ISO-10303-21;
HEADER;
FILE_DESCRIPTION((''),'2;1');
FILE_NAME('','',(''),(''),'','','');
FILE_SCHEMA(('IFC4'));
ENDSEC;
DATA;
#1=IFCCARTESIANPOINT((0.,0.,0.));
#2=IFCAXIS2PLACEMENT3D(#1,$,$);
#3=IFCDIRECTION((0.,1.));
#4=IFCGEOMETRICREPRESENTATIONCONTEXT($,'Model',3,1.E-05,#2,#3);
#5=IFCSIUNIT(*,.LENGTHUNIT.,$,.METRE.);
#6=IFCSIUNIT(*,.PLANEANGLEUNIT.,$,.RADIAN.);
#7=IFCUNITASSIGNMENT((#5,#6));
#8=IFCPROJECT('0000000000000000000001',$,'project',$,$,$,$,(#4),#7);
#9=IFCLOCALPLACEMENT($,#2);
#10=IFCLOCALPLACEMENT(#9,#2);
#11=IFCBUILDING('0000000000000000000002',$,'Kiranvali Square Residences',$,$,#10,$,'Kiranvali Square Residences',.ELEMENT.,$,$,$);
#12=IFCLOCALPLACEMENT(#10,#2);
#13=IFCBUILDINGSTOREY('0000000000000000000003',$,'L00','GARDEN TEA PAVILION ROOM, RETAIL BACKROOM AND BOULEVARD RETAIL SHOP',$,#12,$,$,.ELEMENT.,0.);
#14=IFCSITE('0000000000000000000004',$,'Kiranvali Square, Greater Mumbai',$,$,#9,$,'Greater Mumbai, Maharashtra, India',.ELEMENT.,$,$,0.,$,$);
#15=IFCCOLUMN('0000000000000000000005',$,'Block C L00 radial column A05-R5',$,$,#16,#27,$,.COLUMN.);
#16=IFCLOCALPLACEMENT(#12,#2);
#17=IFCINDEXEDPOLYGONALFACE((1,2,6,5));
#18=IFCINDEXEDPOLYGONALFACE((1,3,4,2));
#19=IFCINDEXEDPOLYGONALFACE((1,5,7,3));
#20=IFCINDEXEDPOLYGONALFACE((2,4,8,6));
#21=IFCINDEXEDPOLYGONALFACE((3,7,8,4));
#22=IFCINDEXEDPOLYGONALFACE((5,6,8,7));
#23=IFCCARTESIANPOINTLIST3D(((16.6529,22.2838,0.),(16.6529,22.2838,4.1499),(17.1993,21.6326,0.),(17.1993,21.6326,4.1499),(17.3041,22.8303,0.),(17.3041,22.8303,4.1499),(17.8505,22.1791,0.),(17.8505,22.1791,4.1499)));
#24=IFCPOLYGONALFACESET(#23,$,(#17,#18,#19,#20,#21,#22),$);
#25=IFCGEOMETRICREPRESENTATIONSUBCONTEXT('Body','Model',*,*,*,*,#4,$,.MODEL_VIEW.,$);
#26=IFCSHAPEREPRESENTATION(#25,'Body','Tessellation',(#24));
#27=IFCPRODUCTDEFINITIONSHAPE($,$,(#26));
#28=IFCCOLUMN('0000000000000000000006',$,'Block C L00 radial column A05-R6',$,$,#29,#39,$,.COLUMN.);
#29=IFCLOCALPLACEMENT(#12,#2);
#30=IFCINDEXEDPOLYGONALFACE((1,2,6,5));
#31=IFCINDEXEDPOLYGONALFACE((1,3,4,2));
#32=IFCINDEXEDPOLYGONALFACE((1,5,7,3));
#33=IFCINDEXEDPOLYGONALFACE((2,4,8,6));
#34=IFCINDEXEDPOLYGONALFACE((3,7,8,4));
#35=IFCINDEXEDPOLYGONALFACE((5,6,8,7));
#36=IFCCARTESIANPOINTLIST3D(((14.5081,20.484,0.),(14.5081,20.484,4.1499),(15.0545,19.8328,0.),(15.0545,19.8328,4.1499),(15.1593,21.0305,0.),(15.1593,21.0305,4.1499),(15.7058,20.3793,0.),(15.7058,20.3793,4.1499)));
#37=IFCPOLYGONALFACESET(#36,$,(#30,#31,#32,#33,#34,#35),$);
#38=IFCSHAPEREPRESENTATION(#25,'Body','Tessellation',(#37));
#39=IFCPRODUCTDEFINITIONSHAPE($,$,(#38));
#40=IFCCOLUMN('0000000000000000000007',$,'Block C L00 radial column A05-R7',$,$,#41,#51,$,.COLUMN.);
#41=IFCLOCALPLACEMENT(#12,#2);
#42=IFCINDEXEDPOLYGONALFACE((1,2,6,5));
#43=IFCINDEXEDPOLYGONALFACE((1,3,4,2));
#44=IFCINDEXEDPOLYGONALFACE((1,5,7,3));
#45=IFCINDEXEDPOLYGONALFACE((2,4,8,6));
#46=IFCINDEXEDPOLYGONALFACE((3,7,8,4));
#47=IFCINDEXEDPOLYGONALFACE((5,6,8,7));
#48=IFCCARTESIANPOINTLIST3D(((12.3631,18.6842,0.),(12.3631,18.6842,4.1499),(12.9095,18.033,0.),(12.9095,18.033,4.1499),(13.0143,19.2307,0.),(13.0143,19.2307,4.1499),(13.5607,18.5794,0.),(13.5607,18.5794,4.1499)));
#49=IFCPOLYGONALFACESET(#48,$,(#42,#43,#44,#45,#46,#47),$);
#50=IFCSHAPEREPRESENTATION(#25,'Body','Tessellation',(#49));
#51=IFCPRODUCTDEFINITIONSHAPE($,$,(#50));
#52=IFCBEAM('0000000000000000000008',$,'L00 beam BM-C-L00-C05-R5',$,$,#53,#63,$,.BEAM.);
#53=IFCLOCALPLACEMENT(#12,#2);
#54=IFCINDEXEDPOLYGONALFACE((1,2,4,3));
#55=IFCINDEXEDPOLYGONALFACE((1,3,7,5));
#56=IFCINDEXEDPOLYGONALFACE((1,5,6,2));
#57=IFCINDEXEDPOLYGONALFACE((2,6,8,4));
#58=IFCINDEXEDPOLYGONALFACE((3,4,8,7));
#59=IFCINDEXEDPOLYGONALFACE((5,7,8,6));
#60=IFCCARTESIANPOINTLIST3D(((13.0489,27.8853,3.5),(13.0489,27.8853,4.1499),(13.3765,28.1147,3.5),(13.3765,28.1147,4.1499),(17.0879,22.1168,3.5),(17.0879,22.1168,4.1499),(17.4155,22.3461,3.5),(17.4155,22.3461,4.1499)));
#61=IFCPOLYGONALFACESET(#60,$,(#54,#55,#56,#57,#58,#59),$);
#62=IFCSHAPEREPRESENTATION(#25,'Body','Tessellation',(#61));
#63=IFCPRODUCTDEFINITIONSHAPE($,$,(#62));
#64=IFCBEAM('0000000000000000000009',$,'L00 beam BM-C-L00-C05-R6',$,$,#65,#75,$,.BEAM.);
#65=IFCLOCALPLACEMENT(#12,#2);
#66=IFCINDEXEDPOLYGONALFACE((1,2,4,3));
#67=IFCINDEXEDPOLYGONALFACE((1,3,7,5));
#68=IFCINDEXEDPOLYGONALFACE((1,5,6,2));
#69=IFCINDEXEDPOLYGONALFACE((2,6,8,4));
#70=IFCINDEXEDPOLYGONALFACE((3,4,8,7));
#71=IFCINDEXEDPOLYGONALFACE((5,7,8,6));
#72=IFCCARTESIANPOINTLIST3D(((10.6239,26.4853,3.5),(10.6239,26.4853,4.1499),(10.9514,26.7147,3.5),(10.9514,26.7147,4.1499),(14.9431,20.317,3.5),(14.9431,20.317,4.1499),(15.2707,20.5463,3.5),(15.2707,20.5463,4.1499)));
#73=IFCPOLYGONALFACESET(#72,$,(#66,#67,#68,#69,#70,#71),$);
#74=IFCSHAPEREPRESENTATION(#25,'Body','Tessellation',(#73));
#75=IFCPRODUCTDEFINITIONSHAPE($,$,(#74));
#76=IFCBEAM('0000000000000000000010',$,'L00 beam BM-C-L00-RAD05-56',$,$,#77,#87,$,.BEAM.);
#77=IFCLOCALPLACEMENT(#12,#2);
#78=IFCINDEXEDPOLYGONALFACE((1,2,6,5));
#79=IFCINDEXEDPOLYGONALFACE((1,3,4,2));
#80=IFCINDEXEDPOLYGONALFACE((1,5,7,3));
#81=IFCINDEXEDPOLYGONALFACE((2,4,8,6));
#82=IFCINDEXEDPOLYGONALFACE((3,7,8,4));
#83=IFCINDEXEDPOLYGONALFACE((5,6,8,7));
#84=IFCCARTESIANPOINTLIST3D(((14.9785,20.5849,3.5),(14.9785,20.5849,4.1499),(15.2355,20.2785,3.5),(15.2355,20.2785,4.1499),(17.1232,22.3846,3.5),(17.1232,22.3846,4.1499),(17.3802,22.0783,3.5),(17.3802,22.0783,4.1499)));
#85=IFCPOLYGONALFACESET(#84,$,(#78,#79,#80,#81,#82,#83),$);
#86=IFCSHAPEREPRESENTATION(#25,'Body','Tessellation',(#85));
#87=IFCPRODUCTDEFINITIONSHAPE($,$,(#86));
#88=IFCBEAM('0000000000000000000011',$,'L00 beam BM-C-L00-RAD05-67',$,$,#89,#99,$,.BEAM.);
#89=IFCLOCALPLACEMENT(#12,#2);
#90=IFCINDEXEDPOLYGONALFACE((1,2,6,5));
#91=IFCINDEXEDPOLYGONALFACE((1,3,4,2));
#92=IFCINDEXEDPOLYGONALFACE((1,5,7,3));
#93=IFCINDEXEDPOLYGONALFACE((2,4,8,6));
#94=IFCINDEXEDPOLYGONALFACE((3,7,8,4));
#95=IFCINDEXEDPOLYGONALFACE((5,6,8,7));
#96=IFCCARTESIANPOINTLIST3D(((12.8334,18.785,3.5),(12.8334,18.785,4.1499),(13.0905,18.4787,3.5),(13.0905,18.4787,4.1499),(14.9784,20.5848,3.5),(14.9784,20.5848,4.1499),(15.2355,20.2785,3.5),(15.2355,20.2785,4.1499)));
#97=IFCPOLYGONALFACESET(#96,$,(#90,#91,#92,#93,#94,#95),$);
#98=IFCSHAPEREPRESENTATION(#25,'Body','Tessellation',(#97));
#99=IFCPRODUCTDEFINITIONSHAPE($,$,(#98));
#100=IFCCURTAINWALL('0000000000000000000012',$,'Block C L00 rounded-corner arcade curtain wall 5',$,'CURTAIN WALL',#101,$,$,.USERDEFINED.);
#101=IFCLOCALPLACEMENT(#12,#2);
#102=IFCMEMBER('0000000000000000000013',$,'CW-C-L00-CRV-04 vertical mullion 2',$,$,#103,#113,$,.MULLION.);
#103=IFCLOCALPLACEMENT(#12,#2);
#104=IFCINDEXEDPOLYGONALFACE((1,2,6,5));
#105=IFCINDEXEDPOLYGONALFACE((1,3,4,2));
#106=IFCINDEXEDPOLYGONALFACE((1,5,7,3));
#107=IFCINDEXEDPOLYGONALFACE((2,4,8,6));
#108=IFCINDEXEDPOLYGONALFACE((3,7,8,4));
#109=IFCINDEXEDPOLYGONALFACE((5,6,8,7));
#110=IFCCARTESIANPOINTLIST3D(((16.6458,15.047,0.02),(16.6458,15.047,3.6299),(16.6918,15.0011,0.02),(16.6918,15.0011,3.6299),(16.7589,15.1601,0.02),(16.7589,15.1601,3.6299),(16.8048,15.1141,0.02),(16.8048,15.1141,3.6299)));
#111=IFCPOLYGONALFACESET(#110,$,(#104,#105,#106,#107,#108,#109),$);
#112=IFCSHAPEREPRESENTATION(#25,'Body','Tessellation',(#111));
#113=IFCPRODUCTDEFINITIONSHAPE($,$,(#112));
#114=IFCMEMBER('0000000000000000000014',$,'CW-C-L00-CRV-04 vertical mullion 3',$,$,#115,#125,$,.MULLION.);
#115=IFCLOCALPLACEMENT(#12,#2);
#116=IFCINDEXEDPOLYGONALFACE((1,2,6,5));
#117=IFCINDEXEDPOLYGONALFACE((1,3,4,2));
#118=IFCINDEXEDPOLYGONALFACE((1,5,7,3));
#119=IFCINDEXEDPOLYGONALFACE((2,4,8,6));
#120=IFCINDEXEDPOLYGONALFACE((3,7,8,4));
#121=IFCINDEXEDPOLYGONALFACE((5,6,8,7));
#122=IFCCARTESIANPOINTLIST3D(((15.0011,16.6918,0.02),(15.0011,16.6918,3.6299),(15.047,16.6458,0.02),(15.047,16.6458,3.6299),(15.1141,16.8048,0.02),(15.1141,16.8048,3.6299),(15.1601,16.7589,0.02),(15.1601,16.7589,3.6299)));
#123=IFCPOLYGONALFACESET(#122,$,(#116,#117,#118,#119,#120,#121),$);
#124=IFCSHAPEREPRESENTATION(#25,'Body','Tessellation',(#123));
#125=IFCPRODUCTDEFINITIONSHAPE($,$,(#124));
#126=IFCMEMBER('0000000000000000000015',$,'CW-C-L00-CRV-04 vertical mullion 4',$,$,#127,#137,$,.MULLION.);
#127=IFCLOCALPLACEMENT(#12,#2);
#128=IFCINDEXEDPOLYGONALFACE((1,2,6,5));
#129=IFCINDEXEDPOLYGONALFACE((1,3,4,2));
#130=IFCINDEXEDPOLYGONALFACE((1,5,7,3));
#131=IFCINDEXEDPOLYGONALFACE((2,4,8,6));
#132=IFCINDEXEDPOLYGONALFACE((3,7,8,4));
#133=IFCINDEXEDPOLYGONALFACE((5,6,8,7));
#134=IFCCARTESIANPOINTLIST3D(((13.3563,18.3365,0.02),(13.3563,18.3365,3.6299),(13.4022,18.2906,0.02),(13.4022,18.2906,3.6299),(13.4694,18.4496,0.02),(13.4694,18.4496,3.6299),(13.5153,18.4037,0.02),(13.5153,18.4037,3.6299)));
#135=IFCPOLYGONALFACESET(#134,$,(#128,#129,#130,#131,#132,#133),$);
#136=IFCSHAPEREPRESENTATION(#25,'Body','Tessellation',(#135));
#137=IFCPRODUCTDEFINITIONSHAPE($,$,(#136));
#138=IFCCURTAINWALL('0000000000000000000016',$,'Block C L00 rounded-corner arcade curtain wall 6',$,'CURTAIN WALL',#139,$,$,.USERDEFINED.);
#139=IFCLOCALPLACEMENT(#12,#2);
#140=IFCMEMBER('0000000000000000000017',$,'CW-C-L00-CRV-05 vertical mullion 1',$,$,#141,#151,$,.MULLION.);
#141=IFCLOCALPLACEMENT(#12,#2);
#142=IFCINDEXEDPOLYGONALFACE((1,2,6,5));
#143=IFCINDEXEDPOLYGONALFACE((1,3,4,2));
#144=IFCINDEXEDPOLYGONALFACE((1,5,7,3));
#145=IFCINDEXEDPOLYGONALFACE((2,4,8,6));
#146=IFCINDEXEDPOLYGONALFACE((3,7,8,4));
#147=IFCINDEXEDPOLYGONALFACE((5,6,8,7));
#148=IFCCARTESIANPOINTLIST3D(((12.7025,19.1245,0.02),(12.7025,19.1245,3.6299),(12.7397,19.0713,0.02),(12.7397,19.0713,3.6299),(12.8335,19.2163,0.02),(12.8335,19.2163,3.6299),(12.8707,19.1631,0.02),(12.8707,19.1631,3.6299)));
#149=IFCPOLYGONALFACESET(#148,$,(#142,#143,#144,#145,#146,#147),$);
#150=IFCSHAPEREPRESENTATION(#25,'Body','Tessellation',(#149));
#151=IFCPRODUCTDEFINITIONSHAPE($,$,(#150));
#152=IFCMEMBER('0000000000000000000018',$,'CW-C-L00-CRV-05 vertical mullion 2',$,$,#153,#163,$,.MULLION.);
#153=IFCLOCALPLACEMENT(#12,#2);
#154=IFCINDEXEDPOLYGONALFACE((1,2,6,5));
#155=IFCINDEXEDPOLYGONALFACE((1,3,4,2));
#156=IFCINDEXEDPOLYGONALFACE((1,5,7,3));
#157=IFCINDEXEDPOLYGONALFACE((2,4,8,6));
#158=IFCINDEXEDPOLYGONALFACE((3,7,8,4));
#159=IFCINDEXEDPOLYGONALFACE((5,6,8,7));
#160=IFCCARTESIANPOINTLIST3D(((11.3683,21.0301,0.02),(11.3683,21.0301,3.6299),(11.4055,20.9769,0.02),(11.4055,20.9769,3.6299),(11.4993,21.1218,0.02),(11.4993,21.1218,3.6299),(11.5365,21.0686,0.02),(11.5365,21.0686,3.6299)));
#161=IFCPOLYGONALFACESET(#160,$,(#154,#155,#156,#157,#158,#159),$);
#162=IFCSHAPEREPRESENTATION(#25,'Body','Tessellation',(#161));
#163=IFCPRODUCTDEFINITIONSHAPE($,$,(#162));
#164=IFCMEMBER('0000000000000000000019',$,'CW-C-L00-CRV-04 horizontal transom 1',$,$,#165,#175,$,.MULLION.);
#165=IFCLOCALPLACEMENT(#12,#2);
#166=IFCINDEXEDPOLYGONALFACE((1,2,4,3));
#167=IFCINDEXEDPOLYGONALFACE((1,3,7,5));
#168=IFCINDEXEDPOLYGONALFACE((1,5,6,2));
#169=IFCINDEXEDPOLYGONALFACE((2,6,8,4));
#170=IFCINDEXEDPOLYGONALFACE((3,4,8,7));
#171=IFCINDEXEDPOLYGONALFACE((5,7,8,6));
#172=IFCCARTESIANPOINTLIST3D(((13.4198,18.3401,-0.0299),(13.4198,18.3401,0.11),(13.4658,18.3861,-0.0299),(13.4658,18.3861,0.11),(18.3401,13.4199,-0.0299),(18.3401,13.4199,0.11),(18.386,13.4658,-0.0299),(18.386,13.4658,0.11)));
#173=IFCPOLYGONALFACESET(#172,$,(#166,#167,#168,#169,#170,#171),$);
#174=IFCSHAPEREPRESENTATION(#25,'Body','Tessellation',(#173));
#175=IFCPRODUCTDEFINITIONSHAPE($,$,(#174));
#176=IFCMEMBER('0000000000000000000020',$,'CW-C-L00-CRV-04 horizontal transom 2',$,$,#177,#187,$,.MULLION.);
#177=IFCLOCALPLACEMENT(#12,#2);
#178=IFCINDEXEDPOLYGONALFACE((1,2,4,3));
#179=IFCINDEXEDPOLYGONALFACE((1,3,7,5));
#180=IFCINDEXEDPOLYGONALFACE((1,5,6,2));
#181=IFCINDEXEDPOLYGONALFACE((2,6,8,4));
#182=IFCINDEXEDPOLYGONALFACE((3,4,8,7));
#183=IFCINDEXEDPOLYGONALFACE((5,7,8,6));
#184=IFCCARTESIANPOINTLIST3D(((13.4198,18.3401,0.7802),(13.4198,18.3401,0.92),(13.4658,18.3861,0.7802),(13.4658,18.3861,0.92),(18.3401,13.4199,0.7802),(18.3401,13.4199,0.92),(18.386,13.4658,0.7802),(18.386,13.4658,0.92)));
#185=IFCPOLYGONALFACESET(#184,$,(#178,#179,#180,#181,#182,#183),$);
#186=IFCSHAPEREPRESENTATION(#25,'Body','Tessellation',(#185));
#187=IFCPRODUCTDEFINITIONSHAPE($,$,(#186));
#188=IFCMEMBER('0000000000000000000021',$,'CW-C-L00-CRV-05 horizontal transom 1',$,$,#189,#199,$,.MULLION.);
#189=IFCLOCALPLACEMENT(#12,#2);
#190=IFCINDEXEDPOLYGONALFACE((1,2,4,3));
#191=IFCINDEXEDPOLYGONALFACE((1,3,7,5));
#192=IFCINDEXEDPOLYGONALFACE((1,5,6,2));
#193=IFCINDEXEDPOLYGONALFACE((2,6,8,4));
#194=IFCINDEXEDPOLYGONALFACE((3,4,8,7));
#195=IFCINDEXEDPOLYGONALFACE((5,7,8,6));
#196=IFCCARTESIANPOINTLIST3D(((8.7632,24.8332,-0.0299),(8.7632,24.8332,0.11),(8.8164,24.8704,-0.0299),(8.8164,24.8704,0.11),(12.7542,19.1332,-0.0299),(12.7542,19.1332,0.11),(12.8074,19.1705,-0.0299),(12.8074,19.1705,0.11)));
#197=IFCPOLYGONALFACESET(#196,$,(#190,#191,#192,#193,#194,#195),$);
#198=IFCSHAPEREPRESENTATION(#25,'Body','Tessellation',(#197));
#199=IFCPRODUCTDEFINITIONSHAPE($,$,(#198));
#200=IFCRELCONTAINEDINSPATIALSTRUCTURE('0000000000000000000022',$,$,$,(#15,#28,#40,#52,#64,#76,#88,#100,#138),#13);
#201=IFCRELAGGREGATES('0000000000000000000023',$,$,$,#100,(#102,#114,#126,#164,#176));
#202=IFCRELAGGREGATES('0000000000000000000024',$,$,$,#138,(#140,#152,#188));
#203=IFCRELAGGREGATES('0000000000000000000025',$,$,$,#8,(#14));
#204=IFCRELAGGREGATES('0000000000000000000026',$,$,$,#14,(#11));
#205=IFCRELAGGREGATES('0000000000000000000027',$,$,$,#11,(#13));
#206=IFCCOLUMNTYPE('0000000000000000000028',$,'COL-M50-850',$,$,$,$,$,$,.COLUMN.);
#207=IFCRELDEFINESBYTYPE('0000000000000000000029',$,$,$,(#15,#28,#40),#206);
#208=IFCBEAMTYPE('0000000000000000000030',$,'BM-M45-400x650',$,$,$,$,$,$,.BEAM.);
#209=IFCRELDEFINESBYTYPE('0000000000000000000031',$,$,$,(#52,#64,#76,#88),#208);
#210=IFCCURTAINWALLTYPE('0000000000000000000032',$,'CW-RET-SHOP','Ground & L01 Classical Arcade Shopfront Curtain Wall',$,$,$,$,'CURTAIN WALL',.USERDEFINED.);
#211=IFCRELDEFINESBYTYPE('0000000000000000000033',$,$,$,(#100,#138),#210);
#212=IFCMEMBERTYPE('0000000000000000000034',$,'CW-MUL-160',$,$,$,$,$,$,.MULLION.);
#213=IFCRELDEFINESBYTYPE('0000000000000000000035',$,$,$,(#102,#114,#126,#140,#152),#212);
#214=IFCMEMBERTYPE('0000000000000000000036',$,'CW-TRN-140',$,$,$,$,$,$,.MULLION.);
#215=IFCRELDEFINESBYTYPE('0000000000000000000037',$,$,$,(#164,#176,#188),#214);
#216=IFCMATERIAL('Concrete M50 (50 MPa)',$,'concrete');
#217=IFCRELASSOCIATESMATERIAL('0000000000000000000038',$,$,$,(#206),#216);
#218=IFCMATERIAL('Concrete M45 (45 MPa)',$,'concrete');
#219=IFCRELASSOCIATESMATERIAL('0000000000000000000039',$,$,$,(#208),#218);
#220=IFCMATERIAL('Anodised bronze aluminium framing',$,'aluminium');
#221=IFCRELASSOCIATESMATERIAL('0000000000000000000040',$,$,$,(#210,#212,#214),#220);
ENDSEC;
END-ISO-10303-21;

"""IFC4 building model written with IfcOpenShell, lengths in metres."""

from ifc_helpers import new_model, si_unit, direction, frame, origin, origin_2d, place, context, subcontext, project, spatial, rectangle, extrude, material, material_profile, profile_set, type_object, element, aggregate, save


model = new_model("IFC4")

# Units and contexts
model_context = context("Model", 3, precision=1e-05, world=origin(), true_north=direction((0.0, 1.0)))
body_context = subcontext(model_context, "Body", "Model", "MODEL_VIEW")
ifc_project = project(units=[si_unit("LENGTHUNIT", "METRE"), si_unit("PLANEANGLEUNIT", "RADIAN")], contexts=[model_context])

# Site, building, storey
site_placement = place(None, origin())
site = spatial("IfcSite", under=ifc_project, at=site_placement, Name="Kiranvali Square, Greater Mumbai", LongName="Greater Mumbai, Maharashtra, India", CompositionType="ELEMENT", RefElevation=0.0)
building_placement = place(site_placement, origin())
building = spatial("IfcBuilding", under=site, at=building_placement, Name="Kiranvali Square Residences", LongName="Kiranvali Square Residences", CompositionType="ELEMENT")
storey_placement = place(building_placement, origin())
storey = spatial("IfcBuildingStorey", under=building, at=storey_placement, Name="L00", Description="GARDEN TEA PAVILION ROOM, RETAIL BACKROOM AND BOULEVARD RETAIL SHOP", CompositionType="ELEMENT", Elevation=0.0)

# Columns
ifc_material_1 = material(Name="Concrete M50 (50 MPa)", Category="concrete")
ifc_material_profile_1 = material_profile(ifc_material_1, rectangle(XDim=0.8501, YDim=0.8501, at=origin_2d()), Name="RC 850x850")
ifc_profile_set_1 = profile_set([ifc_material_profile_1], Name="Concrete M50 (50 MPa)")
column_type = type_object("IfcColumnType", Name="COL-M50-850", PredefinedType="COLUMN", material=ifc_profile_set_1)
for number, where, z_axis, x_axis, name in (
    (1, (17.2517, 22.2314, 0.0), (0.0, 0.0, 1.0), (-0.642788, 0.766044, 0.0), "Block C L00 radial column A05-R5"),
    (2, (15.1069, 20.4316, 0.0), (0.0, 0.0, 1.0), (-0.642788, 0.766044, 0.0), "Block C L00 radial column A05-R6"),
    (3, (12.9619, 18.6318, 0.0), (0.0, 0.0, 1.0), (-0.642788, 0.766044, 0.0), "Block C L00 radial column A05-R7"),
):
    element("IfcColumn", number, at=place(storey_placement, frame(where, z_axis=z_axis, x_axis=x_axis)), inside=storey, type_object=column_type, Name=name, PredefinedType="COLUMN", context=body_context, shape_type="SweptSolid", body=[
        extrude(rectangle(XDim=0.8501, YDim=0.8501, at=origin_2d()), origin(), (0.0, 0.0, 1.0), 4.1499),
    ])

# Beams
ifc_material_2 = material(Name="Concrete M45 (45 MPa)", Category="concrete")
ifc_material_profile_2 = material_profile(ifc_material_2, rectangle(XDim=0.3999, YDim=0.6499, at=origin_2d()), Name="RC 400x650")
ifc_profile_set_2 = profile_set([ifc_material_profile_2], Name="Concrete M45 (45 MPa)")
beam_type_1 = type_object("IfcBeamType", Name="BM-M45-400x650", PredefinedType="BEAM", material=ifc_profile_set_2)
beam_1_placement = place(storey_placement, frame((17.2517, 22.2314, 3.825), z_axis=(-0.573565, 0.81916, 0.0), x_axis=(-0.81916, -0.573565, 0.0)))
element("IfcBeam", 4, at=beam_1_placement, inside=storey, type_object=beam_type_1, Name="L00 beam BM-C-L00-C05-R5", PredefinedType="BEAM", context=body_context, shape_type="SweptSolid", body=[
    extrude(rectangle(XDim=0.3999, YDim=0.6499, at=origin_2d()), origin(), (0.0, 0.0, 1.0), 7.042),
])
beam_2_placement = place(storey_placement, frame((15.1069, 20.4316, 3.825), z_axis=(-0.573589, 0.819144, 0.0), x_axis=(-0.819144, -0.573589, 0.0)))
element("IfcBeam", 5, at=beam_2_placement, inside=storey, type_object=beam_type_1, Name="L00 beam BM-C-L00-C05-R6", PredefinedType="BEAM", context=body_context, shape_type="SweptSolid", body=[
    extrude(rectangle(XDim=0.3999, YDim=0.6499, at=origin_2d()), origin(), (0.0, 0.0, 1.0), 7.5303),
])
beam_3_placement = place(storey_placement, frame((17.2517, 22.2314, 3.825), z_axis=(-0.766023, -0.642814, 0.0), x_axis=(0.642814, -0.766023, 0.0)))
element("IfcBeam", 6, at=beam_3_placement, inside=storey, type_object=beam_type_1, Name="L00 beam BM-C-L00-RAD05-56", PredefinedType="BEAM", context=body_context, shape_type="SweptSolid", body=[
    extrude(rectangle(XDim=0.3999, YDim=0.6499, at=origin_2d()), origin(), (0.0, 0.0, 1.0), 2.7998),
])
beam_4_placement = place(storey_placement, frame((15.1069, 20.4316, 3.825), z_axis=(-0.766059, -0.642771, 0.0), x_axis=(0.642771, -0.766059, 0.0)))
element("IfcBeam", 7, at=beam_4_placement, inside=storey, type_object=beam_type_1, Name="L00 beam BM-C-L00-RAD05-67", PredefinedType="BEAM", context=body_context, shape_type="SweptSolid", body=[
    extrude(rectangle(XDim=0.3999, YDim=0.6499, at=origin_2d()), origin(), (0.0, 0.0, 1.0), 2.8),
])

# Curtain walls, members
ifc_material_3 = material(Name="Anodised bronze aluminium framing", Category="aluminium")
curtain_wall_type = type_object("IfcCurtainWallType", Name="CW-RET-SHOP", Description="Ground & L01 Classical Arcade Shopfront Curtain Wall", ElementType="CURTAIN WALL", PredefinedType="USERDEFINED", material=ifc_material_3)
curtain_wall_1_placement = place(storey_placement, origin())
curtain_wall_1 = element("IfcCurtainWall", 8, at=curtain_wall_1_placement, inside=storey, type_object=curtain_wall_type, Name="Block C L00 rounded-corner arcade curtain wall 5", ObjectType="CURTAIN WALL", PredefinedType="USERDEFINED")
ifc_material_profile_3 = material_profile(ifc_material_3, rectangle(XDim=0.0649, YDim=0.1599, at=origin_2d()), Name="ALU 65x160")
ifc_profile_set_3 = profile_set([ifc_material_profile_3], Name="Anodised bronze aluminium framing")
member_type_1 = type_object("IfcMemberType", Name="CW-MUL-160", PredefinedType="MULLION", material=ifc_profile_set_3)
member_1_placement = place(storey_placement, frame((16.7253, 15.0806, 0.02), z_axis=(0.0, 0.0, 1.0), x_axis=(-0.707107, 0.707107, 0.0)))
member_1 = element("IfcMember", 9, at=member_1_placement, type_object=member_type_1, Name="CW-C-L00-CRV-04 vertical mullion 2", PredefinedType="MULLION", context=body_context, shape_type="SweptSolid", body=[
    extrude(rectangle(XDim=0.0649, YDim=0.1599, at=origin_2d()), origin(), (0.0, 0.0, 1.0), 3.6099),
])
member_2_placement = place(storey_placement, frame((15.0806, 16.7253, 0.02), z_axis=(0.0, 0.0, 1.0), x_axis=(-0.707107, 0.707107, 0.0)))
member_2 = element("IfcMember", 10, at=member_2_placement, type_object=member_type_1, Name="CW-C-L00-CRV-04 vertical mullion 3", PredefinedType="MULLION", context=body_context, shape_type="SweptSolid", body=[
    extrude(rectangle(XDim=0.0649, YDim=0.1599, at=origin_2d()), origin(), (0.0, 0.0, 1.0), 3.6099),
])
member_3_placement = place(storey_placement, frame((13.4358, 18.3701, 0.02), z_axis=(0.0, 0.0, 1.0), x_axis=(-0.707107, 0.707107, 0.0)))
member_3 = element("IfcMember", 11, at=member_3_placement, type_object=member_type_1, Name="CW-C-L00-CRV-04 vertical mullion 4", PredefinedType="MULLION", context=body_context, shape_type="SweptSolid", body=[
    extrude(rectangle(XDim=0.0649, YDim=0.1599, at=origin_2d()), origin(), (0.0, 0.0, 1.0), 3.6099),
])
curtain_wall_2_placement = place(storey_placement, origin())
curtain_wall_2 = element("IfcCurtainWall", 12, at=curtain_wall_2_placement, inside=storey, type_object=curtain_wall_type, Name="Block C L00 rounded-corner arcade curtain wall 6", ObjectType="CURTAIN WALL", PredefinedType="USERDEFINED")
member_4_placement = place(storey_placement, frame((12.7866, 19.1438, 0.02), z_axis=(0.0, 0.0, 1.0), x_axis=(-0.573576, 0.819152, 0.0)))
member_4 = element("IfcMember", 13, at=member_4_placement, type_object=member_type_1, Name="CW-C-L00-CRV-05 vertical mullion 1", PredefinedType="MULLION", context=body_context, shape_type="SweptSolid", body=[
    extrude(rectangle(XDim=0.0649, YDim=0.1599, at=origin_2d()), origin(), (0.0, 0.0, 1.0), 3.6099),
])
member_5_placement = place(storey_placement, frame((11.4524, 21.0493, 0.02), z_axis=(0.0, 0.0, 1.0), x_axis=(-0.573576, 0.819152, 0.0)))
member_5 = element("IfcMember", 14, at=member_5_placement, type_object=member_type_1, Name="CW-C-L00-CRV-05 vertical mullion 2", PredefinedType="MULLION", context=body_context, shape_type="SweptSolid", body=[
    extrude(rectangle(XDim=0.0649, YDim=0.1599, at=origin_2d()), origin(), (0.0, 0.0, 1.0), 3.6099),
])

# Members
ifc_material_profile_4 = material_profile(ifc_material_3, rectangle(XDim=0.0649, YDim=0.1399, at=origin_2d()), Name="ALU 65x140")
ifc_profile_set_4 = profile_set([ifc_material_profile_4], Name="Anodised bronze aluminium framing")
member_type_2 = type_object("IfcMemberType", Name="CW-TRN-140", PredefinedType="MULLION", material=ifc_profile_set_4)
member_6_placement = place(storey_placement, frame((18.363, 13.4429, 0.04), z_axis=(-0.707107, 0.707107, 0.0), x_axis=(-0.707107, -0.707107, 0.0)))
member_6 = element("IfcMember", 15, at=member_6_placement, type_object=member_type_2, Name="CW-C-L00-CRV-04 horizontal transom 1", PredefinedType="MULLION", context=body_context, shape_type="SweptSolid", body=[
    extrude(rectangle(XDim=0.0649, YDim=0.1399, at=origin_2d()), origin(), (0.0, 0.0, 1.0), 6.9583),
])
member_7_placement = place(storey_placement, frame((18.363, 13.4429, 0.8501), z_axis=(-0.707107, 0.707107, 0.0), x_axis=(-0.707107, -0.707107, 0.0)))
member_7 = element("IfcMember", 16, at=member_7_placement, type_object=member_type_2, Name="CW-C-L00-CRV-04 horizontal transom 2", PredefinedType="MULLION", context=body_context, shape_type="SweptSolid", body=[
    extrude(rectangle(XDim=0.0649, YDim=0.1399, at=origin_2d()), origin(), (0.0, 0.0, 1.0), 6.9583),
])
member_8_placement = place(storey_placement, frame((12.7808, 19.1519, 0.04), z_axis=(-0.573559, 0.819164, 0.0), x_axis=(-0.819164, -0.573559, 0.0)))
member_8 = element("IfcMember", 17, at=member_8_placement, type_object=member_type_2, Name="CW-C-L00-CRV-05 horizontal transom 1", PredefinedType="MULLION", context=body_context, shape_type="SweptSolid", body=[
    extrude(rectangle(XDim=0.0649, YDim=0.1399, at=origin_2d()), origin(), (0.0, 0.0, 1.0), 6.9583),
])

aggregate(curtain_wall_1, [member_1, member_2, member_3, member_6, member_7])
aggregate(curtain_wall_2, [member_4, member_5, member_8])

save(model, "model.ifc")
